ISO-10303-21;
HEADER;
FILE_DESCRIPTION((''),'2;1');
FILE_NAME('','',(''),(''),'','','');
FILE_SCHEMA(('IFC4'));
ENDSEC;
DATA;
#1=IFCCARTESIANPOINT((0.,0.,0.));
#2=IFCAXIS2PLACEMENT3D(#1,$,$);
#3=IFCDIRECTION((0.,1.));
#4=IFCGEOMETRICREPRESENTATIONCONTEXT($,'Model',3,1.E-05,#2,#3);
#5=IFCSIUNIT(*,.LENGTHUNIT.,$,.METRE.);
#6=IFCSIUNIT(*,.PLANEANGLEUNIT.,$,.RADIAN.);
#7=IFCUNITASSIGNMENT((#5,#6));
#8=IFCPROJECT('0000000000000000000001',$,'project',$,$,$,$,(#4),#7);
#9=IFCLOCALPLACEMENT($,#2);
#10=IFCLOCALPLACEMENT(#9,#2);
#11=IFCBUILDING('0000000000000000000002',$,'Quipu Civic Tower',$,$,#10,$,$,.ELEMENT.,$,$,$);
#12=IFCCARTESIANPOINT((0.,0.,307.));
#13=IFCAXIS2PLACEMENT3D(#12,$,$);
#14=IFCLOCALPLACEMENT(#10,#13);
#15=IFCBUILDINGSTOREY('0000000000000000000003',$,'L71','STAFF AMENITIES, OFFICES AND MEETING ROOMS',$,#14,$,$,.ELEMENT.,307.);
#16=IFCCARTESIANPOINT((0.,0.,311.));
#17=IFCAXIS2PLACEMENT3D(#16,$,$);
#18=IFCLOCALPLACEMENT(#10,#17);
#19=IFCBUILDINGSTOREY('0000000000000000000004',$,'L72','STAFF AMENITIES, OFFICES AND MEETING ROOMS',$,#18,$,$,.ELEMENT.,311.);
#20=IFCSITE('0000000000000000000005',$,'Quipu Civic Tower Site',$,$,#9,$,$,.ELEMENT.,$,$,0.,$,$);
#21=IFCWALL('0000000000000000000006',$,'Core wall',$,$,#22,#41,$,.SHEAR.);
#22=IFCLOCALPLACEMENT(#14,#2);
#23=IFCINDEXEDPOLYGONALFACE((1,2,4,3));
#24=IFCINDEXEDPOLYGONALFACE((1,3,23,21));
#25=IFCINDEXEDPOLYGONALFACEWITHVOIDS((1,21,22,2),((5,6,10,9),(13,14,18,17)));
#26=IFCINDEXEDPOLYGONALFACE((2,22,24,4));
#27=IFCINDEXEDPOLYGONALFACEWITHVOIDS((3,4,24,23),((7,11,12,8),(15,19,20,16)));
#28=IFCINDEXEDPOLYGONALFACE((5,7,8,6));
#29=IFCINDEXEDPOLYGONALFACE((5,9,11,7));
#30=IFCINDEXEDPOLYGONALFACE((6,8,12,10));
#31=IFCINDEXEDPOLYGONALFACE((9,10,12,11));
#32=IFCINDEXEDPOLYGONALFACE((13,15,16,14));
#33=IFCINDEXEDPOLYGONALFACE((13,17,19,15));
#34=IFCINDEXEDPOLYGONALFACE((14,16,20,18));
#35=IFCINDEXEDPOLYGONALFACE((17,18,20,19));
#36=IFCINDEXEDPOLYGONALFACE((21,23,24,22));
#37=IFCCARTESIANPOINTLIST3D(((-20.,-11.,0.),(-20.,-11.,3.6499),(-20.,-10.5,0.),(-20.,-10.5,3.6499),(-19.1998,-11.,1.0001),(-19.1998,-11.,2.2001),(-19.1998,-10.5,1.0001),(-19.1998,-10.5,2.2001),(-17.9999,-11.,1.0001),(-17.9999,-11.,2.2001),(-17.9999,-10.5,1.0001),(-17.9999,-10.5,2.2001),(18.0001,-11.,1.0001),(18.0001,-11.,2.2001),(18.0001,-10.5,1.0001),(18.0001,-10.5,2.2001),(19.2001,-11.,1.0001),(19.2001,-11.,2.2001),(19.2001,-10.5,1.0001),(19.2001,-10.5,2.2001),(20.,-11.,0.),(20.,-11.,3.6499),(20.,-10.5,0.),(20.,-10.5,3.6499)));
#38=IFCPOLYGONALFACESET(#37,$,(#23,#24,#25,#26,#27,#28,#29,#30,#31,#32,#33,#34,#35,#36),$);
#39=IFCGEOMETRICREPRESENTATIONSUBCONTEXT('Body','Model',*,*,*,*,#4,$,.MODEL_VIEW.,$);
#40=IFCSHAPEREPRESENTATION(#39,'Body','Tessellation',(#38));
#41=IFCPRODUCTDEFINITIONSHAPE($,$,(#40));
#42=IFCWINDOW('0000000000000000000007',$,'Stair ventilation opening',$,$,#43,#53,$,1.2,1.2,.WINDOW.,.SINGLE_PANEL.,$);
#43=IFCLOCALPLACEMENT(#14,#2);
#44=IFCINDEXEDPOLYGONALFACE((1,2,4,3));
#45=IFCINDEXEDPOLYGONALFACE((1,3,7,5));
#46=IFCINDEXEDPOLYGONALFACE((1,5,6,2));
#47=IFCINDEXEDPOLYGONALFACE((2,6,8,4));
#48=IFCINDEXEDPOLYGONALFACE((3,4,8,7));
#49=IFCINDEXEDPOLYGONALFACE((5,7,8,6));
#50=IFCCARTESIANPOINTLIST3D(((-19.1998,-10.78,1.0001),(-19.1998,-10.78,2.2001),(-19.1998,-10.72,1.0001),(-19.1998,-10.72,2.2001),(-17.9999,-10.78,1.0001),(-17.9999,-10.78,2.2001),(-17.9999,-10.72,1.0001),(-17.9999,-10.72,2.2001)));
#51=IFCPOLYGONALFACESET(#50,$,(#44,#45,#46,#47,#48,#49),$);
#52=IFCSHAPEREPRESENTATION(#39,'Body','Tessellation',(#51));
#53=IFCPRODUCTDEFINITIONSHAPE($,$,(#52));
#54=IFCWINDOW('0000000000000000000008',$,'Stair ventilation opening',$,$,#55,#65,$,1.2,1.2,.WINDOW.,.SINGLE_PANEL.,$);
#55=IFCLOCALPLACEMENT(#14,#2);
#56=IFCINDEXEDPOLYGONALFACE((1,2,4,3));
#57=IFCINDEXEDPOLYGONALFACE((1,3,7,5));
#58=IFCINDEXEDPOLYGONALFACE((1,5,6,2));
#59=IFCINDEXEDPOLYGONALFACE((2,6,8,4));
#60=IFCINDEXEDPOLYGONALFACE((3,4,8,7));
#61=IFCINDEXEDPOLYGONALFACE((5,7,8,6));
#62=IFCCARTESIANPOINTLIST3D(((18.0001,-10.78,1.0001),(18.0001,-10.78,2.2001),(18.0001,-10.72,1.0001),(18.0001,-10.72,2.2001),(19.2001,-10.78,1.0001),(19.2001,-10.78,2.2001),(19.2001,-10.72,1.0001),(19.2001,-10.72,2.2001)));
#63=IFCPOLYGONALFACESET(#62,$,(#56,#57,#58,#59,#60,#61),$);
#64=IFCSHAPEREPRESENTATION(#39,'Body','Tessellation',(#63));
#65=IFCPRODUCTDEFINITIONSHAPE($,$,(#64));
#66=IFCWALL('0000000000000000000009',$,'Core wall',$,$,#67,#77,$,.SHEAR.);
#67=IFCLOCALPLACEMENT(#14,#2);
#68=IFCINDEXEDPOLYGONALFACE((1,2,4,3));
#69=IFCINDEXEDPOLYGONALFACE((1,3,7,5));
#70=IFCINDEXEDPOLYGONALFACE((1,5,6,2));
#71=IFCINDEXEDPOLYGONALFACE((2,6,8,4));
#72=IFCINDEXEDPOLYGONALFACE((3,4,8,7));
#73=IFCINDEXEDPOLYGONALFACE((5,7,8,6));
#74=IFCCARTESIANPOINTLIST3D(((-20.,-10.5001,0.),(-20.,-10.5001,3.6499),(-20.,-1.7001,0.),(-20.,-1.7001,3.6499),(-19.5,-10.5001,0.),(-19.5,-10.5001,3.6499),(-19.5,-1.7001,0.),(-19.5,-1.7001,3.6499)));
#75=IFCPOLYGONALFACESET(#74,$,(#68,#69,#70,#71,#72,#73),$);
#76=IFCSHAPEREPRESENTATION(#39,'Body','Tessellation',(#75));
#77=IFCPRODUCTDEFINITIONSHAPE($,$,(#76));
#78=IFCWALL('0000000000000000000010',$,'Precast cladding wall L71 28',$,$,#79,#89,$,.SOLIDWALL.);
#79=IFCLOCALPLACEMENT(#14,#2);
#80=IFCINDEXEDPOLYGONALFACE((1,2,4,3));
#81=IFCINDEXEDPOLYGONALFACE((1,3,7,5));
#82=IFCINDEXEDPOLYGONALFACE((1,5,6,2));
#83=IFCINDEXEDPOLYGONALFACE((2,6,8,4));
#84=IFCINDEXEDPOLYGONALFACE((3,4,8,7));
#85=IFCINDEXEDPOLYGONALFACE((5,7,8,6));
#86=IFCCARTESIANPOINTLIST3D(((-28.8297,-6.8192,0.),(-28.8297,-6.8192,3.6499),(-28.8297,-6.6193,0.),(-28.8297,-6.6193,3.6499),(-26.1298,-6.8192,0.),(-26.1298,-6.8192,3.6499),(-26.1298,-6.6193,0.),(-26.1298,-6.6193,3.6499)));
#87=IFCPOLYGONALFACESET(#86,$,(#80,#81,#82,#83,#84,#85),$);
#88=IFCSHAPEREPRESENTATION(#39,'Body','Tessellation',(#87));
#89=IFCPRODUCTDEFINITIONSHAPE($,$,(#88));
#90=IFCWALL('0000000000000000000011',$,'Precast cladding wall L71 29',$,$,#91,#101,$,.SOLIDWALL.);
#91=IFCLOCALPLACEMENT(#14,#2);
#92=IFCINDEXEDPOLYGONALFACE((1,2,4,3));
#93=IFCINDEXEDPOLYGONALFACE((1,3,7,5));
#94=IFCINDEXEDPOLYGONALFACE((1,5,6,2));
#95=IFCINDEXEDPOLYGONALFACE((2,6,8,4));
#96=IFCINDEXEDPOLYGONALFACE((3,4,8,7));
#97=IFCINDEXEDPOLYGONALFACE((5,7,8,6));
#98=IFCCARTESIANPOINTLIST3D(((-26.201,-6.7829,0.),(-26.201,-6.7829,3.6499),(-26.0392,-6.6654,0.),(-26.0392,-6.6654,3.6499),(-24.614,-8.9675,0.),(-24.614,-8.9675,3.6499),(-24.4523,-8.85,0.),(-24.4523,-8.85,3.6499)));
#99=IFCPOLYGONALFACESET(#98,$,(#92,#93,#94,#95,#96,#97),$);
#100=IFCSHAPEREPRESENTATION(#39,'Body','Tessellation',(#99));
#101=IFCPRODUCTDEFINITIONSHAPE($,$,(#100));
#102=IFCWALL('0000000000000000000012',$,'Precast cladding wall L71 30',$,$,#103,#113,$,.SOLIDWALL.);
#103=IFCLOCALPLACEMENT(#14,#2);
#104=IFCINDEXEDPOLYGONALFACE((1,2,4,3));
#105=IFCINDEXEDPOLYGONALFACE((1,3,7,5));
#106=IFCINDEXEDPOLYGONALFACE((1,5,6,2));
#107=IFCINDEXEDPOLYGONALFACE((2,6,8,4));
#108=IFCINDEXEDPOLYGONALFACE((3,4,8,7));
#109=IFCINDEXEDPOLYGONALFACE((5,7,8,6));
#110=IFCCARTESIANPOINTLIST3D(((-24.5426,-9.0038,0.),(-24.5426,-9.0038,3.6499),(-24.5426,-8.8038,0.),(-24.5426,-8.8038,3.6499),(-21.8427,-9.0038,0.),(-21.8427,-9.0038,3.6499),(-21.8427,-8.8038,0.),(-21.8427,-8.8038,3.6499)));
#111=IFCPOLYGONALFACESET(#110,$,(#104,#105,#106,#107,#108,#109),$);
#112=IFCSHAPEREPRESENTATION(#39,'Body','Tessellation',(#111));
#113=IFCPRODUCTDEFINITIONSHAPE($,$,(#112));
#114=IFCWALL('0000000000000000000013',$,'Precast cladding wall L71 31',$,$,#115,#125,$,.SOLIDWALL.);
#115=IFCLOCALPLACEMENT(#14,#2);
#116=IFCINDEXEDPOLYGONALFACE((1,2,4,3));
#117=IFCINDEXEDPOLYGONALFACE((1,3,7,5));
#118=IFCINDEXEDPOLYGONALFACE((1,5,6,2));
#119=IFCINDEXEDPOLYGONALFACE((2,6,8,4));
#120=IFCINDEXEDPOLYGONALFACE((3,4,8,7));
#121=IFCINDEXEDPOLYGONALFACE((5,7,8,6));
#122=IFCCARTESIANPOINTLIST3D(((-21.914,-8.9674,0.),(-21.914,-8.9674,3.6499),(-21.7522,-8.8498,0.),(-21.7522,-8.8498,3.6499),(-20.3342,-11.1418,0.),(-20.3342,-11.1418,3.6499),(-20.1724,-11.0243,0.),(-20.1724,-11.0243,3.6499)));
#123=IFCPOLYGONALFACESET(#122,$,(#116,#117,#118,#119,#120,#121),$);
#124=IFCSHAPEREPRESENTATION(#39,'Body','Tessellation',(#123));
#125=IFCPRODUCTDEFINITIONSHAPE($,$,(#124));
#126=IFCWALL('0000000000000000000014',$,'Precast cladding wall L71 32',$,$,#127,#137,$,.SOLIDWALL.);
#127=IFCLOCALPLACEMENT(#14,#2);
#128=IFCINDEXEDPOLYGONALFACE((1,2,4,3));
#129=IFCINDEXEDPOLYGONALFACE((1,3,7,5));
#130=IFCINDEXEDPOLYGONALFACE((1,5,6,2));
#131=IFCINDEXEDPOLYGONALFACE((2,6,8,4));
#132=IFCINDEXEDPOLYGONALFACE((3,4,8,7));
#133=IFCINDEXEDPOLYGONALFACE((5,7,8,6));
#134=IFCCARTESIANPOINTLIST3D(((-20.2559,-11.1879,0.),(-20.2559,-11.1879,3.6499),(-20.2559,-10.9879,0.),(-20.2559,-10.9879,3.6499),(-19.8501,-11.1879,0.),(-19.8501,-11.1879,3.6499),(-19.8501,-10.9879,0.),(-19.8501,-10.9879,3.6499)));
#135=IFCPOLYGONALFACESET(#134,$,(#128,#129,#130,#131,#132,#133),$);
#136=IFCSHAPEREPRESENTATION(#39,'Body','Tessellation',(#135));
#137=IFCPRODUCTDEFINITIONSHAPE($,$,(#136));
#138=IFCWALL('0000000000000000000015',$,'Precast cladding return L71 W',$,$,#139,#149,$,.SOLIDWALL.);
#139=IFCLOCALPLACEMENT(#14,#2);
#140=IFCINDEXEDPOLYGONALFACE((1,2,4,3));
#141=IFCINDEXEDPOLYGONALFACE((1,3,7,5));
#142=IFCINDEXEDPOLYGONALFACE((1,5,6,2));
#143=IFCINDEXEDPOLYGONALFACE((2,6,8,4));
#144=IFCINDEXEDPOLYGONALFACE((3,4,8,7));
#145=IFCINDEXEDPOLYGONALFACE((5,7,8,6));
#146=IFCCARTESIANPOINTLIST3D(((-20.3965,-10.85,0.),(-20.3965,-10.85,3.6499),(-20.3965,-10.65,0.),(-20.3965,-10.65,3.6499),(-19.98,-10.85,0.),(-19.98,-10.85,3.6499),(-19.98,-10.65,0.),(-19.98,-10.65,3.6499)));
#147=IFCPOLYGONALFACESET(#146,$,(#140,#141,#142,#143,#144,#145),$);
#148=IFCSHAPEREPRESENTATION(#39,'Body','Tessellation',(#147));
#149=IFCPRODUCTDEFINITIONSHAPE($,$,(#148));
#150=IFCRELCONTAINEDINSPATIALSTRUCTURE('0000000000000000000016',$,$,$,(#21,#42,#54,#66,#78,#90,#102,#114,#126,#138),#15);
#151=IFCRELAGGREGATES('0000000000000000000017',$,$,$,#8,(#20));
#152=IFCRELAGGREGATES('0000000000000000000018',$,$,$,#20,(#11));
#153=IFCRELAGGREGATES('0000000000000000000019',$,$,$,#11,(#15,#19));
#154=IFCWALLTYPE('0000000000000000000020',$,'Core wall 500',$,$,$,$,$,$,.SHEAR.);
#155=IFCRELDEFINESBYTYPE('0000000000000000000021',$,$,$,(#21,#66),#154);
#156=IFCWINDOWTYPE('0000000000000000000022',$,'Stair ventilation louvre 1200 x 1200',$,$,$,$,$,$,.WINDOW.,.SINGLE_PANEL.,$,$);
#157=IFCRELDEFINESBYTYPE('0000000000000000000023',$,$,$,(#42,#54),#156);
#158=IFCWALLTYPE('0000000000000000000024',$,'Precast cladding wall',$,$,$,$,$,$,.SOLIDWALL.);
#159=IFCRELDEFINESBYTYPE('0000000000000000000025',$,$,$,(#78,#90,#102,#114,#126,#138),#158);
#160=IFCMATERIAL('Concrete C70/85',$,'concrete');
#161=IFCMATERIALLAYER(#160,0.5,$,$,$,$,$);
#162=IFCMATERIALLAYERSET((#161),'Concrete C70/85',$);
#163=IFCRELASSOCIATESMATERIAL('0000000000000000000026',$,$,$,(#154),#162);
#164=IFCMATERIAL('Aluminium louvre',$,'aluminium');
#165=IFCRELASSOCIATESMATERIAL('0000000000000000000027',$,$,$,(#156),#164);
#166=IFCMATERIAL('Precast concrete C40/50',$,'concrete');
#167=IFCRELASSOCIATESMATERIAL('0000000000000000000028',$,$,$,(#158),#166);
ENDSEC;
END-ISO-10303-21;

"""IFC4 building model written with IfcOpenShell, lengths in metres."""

from ifc_helpers import new_model, si_unit, direction, frame, frame_2d, origin, place, context, subcontext, project, spatial, rectangle, extrude, material, layer, layer_set, type_object, element, fill, save


model = new_model("IFC4")

# Units and contexts
model_context = context("Model", 3, precision=1e-05, world=origin(), true_north=direction((0.0, 1.0)))
body_context = subcontext(model_context, "Body", "Model", "MODEL_VIEW")
ifc_project = project(units=[si_unit("LENGTHUNIT", "METRE"), si_unit("PLANEANGLEUNIT", "RADIAN")], contexts=[model_context])

# Site, building, storey
site_placement = place(None, origin())
site = spatial("IfcSite", under=ifc_project, at=site_placement, Name="Quipu Civic Tower Site", CompositionType="ELEMENT", RefElevation=0.0)
building_placement = place(site_placement, origin())
building = spatial("IfcBuilding", under=site, at=building_placement, Name="Quipu Civic Tower", CompositionType="ELEMENT")
storey_1_placement = place(building_placement, frame((0.0, 0.0, 307.0)))
storey_1 = spatial("IfcBuildingStorey", under=building, at=storey_1_placement, Name="L71", Description="STAFF AMENITIES, OFFICES AND MEETING ROOMS", CompositionType="ELEMENT", Elevation=307.0)

# Shared definitions
storey_2_placement = place(building_placement, frame((0.0, 0.0, 311.0)))
storey_2 = spatial("IfcBuildingStorey", under=building, at=storey_2_placement, Name="L72", Description="STAFF AMENITIES, OFFICES AND MEETING ROOMS", CompositionType="ELEMENT", Elevation=311.0)

# Wall, openings, windows
ifc_material_1 = material(Name="Concrete C70/85", Category="concrete")
ifc_layer_1 = layer(ifc_material_1, 0.5)
ifc_layer_set_1 = layer_set([ifc_layer_1], Name="Concrete C70/85")
wall_type_1 = type_object("IfcWallType", Name="Core wall 500", PredefinedType="SHEAR", material=ifc_layer_set_1)
wall_1_placement = place(storey_1_placement, frame((-20.0, -10.75, 0.0), z_axis=(0.0, 0.0, 1.0), x_axis=(1.0, 0.0, 0.0)))
wall_1 = element("IfcWall", 1, at=wall_1_placement, inside=storey_1, type_object=wall_type_1, Name="Core wall", PredefinedType="SHEAR", context=body_context, shape_type="SweptSolid", body=[
    extrude(rectangle(XDim=40.0, YDim=0.5, at=frame_2d((20.0, 0.0))), origin(), (0.0, 0.0, 1.0), 3.6499),
])
opening_1_placement = place(wall_1_placement, frame((0.8, 0.0, 1.0)))
opening_1 = element("IfcOpeningElement", 2, at=opening_1_placement, cuts=wall_1, PredefinedType="OPENING", context=body_context, shape_type="SweptSolid", body=[
    extrude(rectangle(XDim=1.2, YDim=1.2, at=frame_2d((0.6001, 0.6001))), frame((0.0, 0.26, 0.0), z_axis=(0.0, -1.0, 0.0), x_axis=(1.0, 0.0, 0.0)), (0.0, 0.0, 1.0), 0.52),
])
opening_2_placement = place(wall_1_placement, frame((38.0, 0.0, 1.0)))
opening_2 = element("IfcOpeningElement", 3, at=opening_2_placement, cuts=wall_1, PredefinedType="OPENING", context=body_context, shape_type="SweptSolid", body=[
    extrude(rectangle(XDim=1.2, YDim=1.2, at=frame_2d((0.6001, 0.6001))), frame((0.0, 0.26, 0.0), z_axis=(0.0, -1.0, 0.0), x_axis=(1.0, 0.0, 0.0)), (0.0, 0.0, 1.0), 0.52),
])
ifc_material_2 = material(Name="Aluminium louvre", Category="aluminium")
window_type = type_object("IfcWindowType", Name="Stair ventilation louvre 1200 x 1200", PartitioningType="SINGLE_PANEL", PredefinedType="WINDOW", material=ifc_material_2)
window_1_placement = place(opening_1_placement, origin())
window_1 = element("IfcWindow", 4, at=window_1_placement, inside=storey_1, type_object=window_type, Name="Stair ventilation opening", OverallHeight=1.2, OverallWidth=1.2, PartitioningType="SINGLE_PANEL", PredefinedType="WINDOW", context=body_context, shape_type="SweptSolid", body=[
    extrude(rectangle(XDim=1.2, YDim=1.2, at=frame_2d((0.6001, 0.6001))), frame((0.0, 0.03, 0.0), z_axis=(0.0, -1.0, 0.0), x_axis=(1.0, 0.0, 0.0)), (0.0, 0.0, 1.0), 0.0601),
])
fill(opening_1, window_1)
window_2_placement = place(opening_2_placement, origin())
window_2 = element("IfcWindow", 5, at=window_2_placement, inside=storey_1, type_object=window_type, Name="Stair ventilation opening", OverallHeight=1.2, OverallWidth=1.2, PartitioningType="SINGLE_PANEL", PredefinedType="WINDOW", context=body_context, shape_type="SweptSolid", body=[
    extrude(rectangle(XDim=1.2, YDim=1.2, at=frame_2d((0.6001, 0.6001))), frame((0.0, 0.03, 0.0), z_axis=(0.0, -1.0, 0.0), x_axis=(1.0, 0.0, 0.0)), (0.0, 0.0, 1.0), 0.0601),
])
fill(opening_2, window_2)

# Walls
wall_2_placement = place(storey_1_placement, frame((-19.75, -10.5, 0.0), z_axis=(0.0, 0.0, 1.0), x_axis=(0.0, 1.0, 0.0)))
element("IfcWall", 6, at=wall_2_placement, inside=storey_1, type_object=wall_type_1, Name="Core wall", PredefinedType="SHEAR", context=body_context, shape_type="SweptSolid", body=[
    extrude(rectangle(XDim=8.8, YDim=0.5, at=frame_2d((4.3999, 0.0))), origin(), (0.0, 0.0, 1.0), 3.6499),
])
ifc_material_3 = material(Name="Precast concrete C40/50", Category="concrete")
wall_type_2 = type_object("IfcWallType", Name="Precast cladding wall", PredefinedType="SOLIDWALL", material=ifc_material_3)
wall_3_placement = place(storey_1_placement, frame((-28.8298, -6.7192, 0.0), z_axis=(0.0, 0.0, 1.0), x_axis=(1.0, 0.0, 0.0)))
element("IfcWall", 7, at=wall_3_placement, inside=storey_1, type_object=wall_type_2, Name="Precast cladding wall L71 28", PredefinedType="SOLIDWALL", context=body_context, shape_type="SweptSolid", body=[
    extrude(rectangle(XDim=2.7, YDim=0.2, at=frame_2d((1.3501, 0.0))), origin(), (0.0, 0.0, 1.0), 3.6499),
])
wall_4_placement = place(storey_1_placement, frame((-26.1201, -6.7241, 0.0), z_axis=(0.0, 0.0, 1.0), x_axis=(0.58772, -0.809064, 0.0)))
element("IfcWall", 8, at=wall_4_placement, inside=storey_1, type_object=wall_type_2, Name="Precast cladding wall L71 29", PredefinedType="SOLIDWALL", context=body_context, shape_type="SweptSolid", body=[
    extrude(rectangle(XDim=2.7002, YDim=0.2, at=frame_2d((1.3501, 0.0))), origin(), (0.0, 0.0, 1.0), 3.6499),
])
wall_5_placement = place(storey_1_placement, frame((-24.5427, -8.9038, 0.0), z_axis=(0.0, 0.0, 1.0), x_axis=(1.0, 0.0, 0.0)))
element("IfcWall", 9, at=wall_5_placement, inside=storey_1, type_object=wall_type_2, Name="Precast cladding wall L71 30", PredefinedType="SOLIDWALL", context=body_context, shape_type="SweptSolid", body=[
    extrude(rectangle(XDim=2.7, YDim=0.2, at=frame_2d((1.3501, 0.0))), origin(), (0.0, 0.0, 1.0), 3.6499),
])
wall_6_placement = place(storey_1_placement, frame((-21.833, -8.9087, 0.0), z_axis=(0.0, 0.0, 1.0), x_axis=(0.587767, -0.809031, 0.0)))
element("IfcWall", 10, at=wall_6_placement, inside=storey_1, type_object=wall_type_2, Name="Precast cladding wall L71 31", PredefinedType="SOLIDWALL", context=body_context, shape_type="SweptSolid", body=[
    extrude(rectangle(XDim=2.6877, YDim=0.2, at=frame_2d((1.3438, 0.0))), origin(), (0.0, 0.0, 1.0), 3.6499),
])
wall_7_placement = place(storey_1_placement, frame((-20.2559, -11.0879, 0.0), z_axis=(0.0, 0.0, 1.0), x_axis=(1.0, 0.0, 0.0)))
element("IfcWall", 11, at=wall_7_placement, inside=storey_1, type_object=wall_type_2, Name="Precast cladding wall L71 32", PredefinedType="SOLIDWALL", context=body_context, shape_type="SweptSolid", body=[
    extrude(rectangle(XDim=0.4058, YDim=0.2, at=frame_2d((0.2029, 0.0))), origin(), (0.0, 0.0, 1.0), 3.6499),
])
wall_8_placement = place(storey_1_placement, frame((-19.98, -10.75, 0.0), z_axis=(0.0, 0.0, 1.0), x_axis=(-1.0, 0.0, 0.0)))
element("IfcWall", 12, at=wall_8_placement, inside=storey_1, type_object=wall_type_2, Name="Precast cladding return L71 W", PredefinedType="SOLIDWALL", context=body_context, shape_type="SweptSolid", body=[
    extrude(rectangle(XDim=0.4165, YDim=0.2, at=frame_2d((0.2083, 0.0))), origin(), (0.0, 0.0, 1.0), 3.6499),
])

save(model, "model.ifc")
